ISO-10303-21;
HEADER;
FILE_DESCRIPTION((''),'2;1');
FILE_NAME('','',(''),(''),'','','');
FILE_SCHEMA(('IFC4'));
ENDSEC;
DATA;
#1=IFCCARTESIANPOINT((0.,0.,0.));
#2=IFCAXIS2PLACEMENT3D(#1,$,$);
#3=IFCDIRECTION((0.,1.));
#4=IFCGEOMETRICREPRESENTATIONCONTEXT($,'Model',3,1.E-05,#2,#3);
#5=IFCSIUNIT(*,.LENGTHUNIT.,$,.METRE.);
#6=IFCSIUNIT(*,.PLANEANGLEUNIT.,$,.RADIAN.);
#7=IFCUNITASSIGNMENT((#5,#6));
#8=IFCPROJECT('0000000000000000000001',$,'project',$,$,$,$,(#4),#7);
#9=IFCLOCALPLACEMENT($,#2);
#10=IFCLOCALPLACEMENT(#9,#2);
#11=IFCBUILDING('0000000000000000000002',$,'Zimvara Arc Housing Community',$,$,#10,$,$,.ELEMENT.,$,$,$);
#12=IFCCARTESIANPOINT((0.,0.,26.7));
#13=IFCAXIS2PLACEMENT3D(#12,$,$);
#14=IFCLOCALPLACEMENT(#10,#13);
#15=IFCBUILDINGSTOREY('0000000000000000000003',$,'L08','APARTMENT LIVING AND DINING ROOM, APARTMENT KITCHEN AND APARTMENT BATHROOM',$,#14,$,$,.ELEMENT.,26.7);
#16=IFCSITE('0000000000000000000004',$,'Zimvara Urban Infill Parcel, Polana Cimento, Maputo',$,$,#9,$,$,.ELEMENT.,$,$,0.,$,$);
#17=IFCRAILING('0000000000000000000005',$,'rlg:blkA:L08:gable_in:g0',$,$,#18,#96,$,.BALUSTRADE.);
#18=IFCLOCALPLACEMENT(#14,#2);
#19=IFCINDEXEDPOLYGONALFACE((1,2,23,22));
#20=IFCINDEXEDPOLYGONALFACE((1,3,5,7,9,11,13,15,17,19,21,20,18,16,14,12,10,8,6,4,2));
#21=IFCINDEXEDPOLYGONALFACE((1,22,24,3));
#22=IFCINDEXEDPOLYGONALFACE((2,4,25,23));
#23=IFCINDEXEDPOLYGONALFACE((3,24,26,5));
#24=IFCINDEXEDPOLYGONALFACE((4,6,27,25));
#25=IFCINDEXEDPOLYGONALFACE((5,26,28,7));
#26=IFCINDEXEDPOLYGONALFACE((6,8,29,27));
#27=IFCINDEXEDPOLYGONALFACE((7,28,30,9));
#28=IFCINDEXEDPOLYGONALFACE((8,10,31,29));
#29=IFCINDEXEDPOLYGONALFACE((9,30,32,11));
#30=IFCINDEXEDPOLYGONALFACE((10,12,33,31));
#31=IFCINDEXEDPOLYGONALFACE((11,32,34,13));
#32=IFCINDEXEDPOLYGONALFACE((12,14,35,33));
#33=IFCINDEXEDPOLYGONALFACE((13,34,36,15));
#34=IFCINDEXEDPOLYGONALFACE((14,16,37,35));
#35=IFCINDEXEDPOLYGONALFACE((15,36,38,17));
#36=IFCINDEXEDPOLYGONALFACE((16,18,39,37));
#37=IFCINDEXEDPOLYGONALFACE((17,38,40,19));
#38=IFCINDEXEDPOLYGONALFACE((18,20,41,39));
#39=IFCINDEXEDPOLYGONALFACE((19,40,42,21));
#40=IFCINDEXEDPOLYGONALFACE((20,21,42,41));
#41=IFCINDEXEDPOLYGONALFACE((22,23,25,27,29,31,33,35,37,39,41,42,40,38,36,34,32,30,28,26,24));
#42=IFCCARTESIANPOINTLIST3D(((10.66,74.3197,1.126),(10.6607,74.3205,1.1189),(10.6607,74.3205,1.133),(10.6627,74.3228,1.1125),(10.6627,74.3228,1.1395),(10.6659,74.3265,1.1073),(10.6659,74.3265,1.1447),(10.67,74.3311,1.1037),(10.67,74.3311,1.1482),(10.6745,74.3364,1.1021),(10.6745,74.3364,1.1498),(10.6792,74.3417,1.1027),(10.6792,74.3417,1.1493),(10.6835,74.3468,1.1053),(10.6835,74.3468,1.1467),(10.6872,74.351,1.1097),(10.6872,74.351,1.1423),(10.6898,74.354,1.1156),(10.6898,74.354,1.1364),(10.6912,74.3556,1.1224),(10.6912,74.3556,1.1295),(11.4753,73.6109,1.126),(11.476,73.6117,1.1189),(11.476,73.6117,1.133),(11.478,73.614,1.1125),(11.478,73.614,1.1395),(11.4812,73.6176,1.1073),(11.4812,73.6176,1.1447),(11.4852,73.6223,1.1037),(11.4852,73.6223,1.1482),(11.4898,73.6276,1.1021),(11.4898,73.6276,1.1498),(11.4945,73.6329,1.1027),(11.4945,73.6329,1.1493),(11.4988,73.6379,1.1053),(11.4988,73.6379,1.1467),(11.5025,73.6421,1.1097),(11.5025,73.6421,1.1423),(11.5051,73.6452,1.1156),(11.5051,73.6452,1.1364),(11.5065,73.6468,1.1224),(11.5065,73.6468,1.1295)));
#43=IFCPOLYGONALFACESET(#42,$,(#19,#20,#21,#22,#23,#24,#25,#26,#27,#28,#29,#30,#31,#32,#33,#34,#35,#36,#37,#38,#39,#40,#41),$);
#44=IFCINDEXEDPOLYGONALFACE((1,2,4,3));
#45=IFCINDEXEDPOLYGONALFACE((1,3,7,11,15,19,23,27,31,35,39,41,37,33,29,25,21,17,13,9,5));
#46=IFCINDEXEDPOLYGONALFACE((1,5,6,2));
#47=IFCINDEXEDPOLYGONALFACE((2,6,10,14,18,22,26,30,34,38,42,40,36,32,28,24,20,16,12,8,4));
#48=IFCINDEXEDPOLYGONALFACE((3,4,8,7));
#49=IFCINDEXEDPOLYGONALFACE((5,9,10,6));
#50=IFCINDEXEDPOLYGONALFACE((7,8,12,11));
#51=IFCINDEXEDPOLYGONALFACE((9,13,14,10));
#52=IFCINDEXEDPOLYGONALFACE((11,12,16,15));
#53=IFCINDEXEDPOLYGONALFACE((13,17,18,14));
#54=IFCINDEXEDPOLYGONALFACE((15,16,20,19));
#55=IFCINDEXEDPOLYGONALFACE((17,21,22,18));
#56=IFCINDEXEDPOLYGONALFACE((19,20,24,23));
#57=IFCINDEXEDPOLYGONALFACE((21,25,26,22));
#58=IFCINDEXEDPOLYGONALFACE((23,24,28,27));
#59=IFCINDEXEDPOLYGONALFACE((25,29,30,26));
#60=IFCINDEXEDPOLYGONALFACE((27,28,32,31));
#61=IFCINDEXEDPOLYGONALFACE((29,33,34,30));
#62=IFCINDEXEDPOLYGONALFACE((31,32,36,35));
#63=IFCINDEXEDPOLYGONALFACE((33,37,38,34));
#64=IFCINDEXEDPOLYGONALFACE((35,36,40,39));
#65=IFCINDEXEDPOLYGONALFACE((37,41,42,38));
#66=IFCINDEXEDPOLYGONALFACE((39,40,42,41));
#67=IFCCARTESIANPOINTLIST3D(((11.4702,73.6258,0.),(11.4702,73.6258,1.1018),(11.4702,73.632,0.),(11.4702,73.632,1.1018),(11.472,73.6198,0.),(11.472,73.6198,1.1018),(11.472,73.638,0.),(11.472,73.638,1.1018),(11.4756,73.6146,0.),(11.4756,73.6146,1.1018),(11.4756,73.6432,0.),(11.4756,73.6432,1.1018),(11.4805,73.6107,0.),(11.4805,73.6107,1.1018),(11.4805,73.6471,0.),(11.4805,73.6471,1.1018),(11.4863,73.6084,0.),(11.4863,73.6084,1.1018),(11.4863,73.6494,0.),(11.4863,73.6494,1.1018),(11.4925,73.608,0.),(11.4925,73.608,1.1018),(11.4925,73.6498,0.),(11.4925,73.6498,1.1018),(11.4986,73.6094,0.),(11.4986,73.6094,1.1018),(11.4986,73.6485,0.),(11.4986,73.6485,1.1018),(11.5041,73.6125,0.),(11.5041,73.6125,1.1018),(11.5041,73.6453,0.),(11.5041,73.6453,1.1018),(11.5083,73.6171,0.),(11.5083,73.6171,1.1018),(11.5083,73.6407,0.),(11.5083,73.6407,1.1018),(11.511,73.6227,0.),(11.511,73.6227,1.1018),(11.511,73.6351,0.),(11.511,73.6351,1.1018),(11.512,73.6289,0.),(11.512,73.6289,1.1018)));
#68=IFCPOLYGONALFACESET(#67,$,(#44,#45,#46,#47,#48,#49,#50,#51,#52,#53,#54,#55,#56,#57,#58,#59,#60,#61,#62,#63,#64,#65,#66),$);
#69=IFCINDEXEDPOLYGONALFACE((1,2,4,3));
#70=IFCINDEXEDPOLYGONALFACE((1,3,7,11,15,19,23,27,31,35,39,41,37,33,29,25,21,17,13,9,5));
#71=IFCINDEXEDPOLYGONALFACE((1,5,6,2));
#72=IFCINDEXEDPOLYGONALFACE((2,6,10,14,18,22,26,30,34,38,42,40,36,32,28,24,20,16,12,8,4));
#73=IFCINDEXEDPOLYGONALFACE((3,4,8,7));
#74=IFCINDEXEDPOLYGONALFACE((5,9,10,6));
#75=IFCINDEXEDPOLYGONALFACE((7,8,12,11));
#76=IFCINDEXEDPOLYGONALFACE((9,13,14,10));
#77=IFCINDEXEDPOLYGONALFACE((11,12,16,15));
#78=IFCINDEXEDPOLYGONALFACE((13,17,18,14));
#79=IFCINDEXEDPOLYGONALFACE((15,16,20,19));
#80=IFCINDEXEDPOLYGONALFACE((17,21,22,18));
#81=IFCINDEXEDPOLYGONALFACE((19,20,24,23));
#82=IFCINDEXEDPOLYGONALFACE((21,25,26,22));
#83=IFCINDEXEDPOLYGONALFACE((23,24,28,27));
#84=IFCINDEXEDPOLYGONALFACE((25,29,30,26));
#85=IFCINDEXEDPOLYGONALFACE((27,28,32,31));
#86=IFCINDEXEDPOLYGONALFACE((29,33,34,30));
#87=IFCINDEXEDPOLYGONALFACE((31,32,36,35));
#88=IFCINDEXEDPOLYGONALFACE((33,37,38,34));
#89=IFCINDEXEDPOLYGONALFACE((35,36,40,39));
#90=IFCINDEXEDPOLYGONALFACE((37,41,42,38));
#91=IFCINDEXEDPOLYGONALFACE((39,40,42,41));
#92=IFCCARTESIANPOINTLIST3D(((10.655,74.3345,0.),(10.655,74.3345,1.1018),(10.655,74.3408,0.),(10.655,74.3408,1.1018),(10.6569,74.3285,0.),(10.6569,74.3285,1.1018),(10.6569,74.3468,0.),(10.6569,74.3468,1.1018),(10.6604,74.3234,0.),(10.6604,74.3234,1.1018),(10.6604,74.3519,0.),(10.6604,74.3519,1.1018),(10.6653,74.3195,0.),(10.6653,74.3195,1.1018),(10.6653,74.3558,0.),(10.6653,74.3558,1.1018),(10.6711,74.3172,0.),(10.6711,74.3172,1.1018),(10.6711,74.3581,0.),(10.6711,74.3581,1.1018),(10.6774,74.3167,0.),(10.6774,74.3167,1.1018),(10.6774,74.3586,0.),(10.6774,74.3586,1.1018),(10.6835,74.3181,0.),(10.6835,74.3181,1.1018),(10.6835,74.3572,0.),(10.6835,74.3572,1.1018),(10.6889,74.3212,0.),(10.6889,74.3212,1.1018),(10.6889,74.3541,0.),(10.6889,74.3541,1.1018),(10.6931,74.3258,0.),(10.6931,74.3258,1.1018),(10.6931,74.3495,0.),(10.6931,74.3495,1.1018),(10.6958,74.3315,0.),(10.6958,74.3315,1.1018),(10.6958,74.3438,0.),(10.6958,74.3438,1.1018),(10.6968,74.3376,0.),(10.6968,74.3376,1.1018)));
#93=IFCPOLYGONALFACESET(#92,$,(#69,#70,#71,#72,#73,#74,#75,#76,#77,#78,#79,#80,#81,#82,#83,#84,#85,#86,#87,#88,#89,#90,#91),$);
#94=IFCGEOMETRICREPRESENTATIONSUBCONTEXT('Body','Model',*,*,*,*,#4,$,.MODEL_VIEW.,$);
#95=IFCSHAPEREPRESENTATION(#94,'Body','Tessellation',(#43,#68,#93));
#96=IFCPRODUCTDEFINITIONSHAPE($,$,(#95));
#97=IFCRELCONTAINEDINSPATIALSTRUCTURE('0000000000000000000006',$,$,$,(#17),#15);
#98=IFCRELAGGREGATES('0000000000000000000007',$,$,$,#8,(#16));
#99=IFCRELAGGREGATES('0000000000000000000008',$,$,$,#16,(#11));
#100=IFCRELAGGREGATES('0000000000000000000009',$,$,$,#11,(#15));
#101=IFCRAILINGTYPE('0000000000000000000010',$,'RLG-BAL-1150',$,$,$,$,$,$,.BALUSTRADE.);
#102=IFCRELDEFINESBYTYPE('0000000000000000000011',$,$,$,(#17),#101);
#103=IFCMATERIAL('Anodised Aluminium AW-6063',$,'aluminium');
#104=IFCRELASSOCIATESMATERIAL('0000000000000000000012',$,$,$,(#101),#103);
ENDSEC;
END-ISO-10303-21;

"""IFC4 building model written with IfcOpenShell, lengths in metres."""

from ifc_helpers import new_model, si_unit, direction, frame, origin, origin_2d, place, context, subcontext, project, spatial, circle, extrude, material, type_object, element, save


model = new_model("IFC4")

# Units and contexts
model_context = context("Model", 3, precision=1e-05, world=origin(), true_north=direction((0.0, 1.0)))
body_context = subcontext(model_context, "Body", "Model", "MODEL_VIEW")
ifc_project = project(units=[si_unit("LENGTHUNIT", "METRE"), si_unit("PLANEANGLEUNIT", "RADIAN")], contexts=[model_context])

# Site, building, storey
site_placement = place(None, origin())
site = spatial("IfcSite", under=ifc_project, at=site_placement, Name="Zimvara Urban Infill Parcel, Polana Cimento, Maputo", CompositionType="ELEMENT", RefElevation=0.0)
building_placement = place(site_placement, origin())
building = spatial("IfcBuilding", under=site, at=building_placement, Name="Zimvara Arc Housing Community", CompositionType="ELEMENT")
storey_placement = place(building_placement, frame((0.0, 0.0, 26.7)))
storey = spatial("IfcBuildingStorey", under=building, at=storey_placement, Name="L08", Description="APARTMENT LIVING AND DINING ROOM, APARTMENT KITCHEN AND APARTMENT BATHROOM", CompositionType="ELEMENT", Elevation=26.7)

# Railing
ifc_material_1 = material(Name="Anodised Aluminium AW-6063", Category="aluminium")
railing_type = type_object("IfcRailingType", Name="RLG-BAL-1150", PredefinedType="BALUSTRADE", material=ifc_material_1)
railing_placement = place(storey_placement, frame((11.491, 73.6289, 0.0)))
element("IfcRailing", 1, at=railing_placement, inside=storey, type_object=railing_type, Name="rlg:blkA:L08:gable_in:g0", PredefinedType="BALUSTRADE", context=body_context, shape_type="SweptSolid", body=[
    extrude(circle(Radius=0.0239, at=origin_2d()), frame((0.0, 0.0, 1.126), z_axis=(-0.754659, 0.656117, 0.0), x_axis=(-0.656117, -0.754659, 0.0)), (0.0, 0.0, 1.0), 1.0803),
    extrude(circle(Radius=0.021, at=origin_2d()), origin(), (0.0, 0.0, 1.0), 1.1018),
    extrude(circle(Radius=0.021, at=origin_2d()), frame((-0.8152, 0.7087, 0.0)), (0.0, 0.0, 1.0), 1.1018),
])

save(model, "model.ifc")
